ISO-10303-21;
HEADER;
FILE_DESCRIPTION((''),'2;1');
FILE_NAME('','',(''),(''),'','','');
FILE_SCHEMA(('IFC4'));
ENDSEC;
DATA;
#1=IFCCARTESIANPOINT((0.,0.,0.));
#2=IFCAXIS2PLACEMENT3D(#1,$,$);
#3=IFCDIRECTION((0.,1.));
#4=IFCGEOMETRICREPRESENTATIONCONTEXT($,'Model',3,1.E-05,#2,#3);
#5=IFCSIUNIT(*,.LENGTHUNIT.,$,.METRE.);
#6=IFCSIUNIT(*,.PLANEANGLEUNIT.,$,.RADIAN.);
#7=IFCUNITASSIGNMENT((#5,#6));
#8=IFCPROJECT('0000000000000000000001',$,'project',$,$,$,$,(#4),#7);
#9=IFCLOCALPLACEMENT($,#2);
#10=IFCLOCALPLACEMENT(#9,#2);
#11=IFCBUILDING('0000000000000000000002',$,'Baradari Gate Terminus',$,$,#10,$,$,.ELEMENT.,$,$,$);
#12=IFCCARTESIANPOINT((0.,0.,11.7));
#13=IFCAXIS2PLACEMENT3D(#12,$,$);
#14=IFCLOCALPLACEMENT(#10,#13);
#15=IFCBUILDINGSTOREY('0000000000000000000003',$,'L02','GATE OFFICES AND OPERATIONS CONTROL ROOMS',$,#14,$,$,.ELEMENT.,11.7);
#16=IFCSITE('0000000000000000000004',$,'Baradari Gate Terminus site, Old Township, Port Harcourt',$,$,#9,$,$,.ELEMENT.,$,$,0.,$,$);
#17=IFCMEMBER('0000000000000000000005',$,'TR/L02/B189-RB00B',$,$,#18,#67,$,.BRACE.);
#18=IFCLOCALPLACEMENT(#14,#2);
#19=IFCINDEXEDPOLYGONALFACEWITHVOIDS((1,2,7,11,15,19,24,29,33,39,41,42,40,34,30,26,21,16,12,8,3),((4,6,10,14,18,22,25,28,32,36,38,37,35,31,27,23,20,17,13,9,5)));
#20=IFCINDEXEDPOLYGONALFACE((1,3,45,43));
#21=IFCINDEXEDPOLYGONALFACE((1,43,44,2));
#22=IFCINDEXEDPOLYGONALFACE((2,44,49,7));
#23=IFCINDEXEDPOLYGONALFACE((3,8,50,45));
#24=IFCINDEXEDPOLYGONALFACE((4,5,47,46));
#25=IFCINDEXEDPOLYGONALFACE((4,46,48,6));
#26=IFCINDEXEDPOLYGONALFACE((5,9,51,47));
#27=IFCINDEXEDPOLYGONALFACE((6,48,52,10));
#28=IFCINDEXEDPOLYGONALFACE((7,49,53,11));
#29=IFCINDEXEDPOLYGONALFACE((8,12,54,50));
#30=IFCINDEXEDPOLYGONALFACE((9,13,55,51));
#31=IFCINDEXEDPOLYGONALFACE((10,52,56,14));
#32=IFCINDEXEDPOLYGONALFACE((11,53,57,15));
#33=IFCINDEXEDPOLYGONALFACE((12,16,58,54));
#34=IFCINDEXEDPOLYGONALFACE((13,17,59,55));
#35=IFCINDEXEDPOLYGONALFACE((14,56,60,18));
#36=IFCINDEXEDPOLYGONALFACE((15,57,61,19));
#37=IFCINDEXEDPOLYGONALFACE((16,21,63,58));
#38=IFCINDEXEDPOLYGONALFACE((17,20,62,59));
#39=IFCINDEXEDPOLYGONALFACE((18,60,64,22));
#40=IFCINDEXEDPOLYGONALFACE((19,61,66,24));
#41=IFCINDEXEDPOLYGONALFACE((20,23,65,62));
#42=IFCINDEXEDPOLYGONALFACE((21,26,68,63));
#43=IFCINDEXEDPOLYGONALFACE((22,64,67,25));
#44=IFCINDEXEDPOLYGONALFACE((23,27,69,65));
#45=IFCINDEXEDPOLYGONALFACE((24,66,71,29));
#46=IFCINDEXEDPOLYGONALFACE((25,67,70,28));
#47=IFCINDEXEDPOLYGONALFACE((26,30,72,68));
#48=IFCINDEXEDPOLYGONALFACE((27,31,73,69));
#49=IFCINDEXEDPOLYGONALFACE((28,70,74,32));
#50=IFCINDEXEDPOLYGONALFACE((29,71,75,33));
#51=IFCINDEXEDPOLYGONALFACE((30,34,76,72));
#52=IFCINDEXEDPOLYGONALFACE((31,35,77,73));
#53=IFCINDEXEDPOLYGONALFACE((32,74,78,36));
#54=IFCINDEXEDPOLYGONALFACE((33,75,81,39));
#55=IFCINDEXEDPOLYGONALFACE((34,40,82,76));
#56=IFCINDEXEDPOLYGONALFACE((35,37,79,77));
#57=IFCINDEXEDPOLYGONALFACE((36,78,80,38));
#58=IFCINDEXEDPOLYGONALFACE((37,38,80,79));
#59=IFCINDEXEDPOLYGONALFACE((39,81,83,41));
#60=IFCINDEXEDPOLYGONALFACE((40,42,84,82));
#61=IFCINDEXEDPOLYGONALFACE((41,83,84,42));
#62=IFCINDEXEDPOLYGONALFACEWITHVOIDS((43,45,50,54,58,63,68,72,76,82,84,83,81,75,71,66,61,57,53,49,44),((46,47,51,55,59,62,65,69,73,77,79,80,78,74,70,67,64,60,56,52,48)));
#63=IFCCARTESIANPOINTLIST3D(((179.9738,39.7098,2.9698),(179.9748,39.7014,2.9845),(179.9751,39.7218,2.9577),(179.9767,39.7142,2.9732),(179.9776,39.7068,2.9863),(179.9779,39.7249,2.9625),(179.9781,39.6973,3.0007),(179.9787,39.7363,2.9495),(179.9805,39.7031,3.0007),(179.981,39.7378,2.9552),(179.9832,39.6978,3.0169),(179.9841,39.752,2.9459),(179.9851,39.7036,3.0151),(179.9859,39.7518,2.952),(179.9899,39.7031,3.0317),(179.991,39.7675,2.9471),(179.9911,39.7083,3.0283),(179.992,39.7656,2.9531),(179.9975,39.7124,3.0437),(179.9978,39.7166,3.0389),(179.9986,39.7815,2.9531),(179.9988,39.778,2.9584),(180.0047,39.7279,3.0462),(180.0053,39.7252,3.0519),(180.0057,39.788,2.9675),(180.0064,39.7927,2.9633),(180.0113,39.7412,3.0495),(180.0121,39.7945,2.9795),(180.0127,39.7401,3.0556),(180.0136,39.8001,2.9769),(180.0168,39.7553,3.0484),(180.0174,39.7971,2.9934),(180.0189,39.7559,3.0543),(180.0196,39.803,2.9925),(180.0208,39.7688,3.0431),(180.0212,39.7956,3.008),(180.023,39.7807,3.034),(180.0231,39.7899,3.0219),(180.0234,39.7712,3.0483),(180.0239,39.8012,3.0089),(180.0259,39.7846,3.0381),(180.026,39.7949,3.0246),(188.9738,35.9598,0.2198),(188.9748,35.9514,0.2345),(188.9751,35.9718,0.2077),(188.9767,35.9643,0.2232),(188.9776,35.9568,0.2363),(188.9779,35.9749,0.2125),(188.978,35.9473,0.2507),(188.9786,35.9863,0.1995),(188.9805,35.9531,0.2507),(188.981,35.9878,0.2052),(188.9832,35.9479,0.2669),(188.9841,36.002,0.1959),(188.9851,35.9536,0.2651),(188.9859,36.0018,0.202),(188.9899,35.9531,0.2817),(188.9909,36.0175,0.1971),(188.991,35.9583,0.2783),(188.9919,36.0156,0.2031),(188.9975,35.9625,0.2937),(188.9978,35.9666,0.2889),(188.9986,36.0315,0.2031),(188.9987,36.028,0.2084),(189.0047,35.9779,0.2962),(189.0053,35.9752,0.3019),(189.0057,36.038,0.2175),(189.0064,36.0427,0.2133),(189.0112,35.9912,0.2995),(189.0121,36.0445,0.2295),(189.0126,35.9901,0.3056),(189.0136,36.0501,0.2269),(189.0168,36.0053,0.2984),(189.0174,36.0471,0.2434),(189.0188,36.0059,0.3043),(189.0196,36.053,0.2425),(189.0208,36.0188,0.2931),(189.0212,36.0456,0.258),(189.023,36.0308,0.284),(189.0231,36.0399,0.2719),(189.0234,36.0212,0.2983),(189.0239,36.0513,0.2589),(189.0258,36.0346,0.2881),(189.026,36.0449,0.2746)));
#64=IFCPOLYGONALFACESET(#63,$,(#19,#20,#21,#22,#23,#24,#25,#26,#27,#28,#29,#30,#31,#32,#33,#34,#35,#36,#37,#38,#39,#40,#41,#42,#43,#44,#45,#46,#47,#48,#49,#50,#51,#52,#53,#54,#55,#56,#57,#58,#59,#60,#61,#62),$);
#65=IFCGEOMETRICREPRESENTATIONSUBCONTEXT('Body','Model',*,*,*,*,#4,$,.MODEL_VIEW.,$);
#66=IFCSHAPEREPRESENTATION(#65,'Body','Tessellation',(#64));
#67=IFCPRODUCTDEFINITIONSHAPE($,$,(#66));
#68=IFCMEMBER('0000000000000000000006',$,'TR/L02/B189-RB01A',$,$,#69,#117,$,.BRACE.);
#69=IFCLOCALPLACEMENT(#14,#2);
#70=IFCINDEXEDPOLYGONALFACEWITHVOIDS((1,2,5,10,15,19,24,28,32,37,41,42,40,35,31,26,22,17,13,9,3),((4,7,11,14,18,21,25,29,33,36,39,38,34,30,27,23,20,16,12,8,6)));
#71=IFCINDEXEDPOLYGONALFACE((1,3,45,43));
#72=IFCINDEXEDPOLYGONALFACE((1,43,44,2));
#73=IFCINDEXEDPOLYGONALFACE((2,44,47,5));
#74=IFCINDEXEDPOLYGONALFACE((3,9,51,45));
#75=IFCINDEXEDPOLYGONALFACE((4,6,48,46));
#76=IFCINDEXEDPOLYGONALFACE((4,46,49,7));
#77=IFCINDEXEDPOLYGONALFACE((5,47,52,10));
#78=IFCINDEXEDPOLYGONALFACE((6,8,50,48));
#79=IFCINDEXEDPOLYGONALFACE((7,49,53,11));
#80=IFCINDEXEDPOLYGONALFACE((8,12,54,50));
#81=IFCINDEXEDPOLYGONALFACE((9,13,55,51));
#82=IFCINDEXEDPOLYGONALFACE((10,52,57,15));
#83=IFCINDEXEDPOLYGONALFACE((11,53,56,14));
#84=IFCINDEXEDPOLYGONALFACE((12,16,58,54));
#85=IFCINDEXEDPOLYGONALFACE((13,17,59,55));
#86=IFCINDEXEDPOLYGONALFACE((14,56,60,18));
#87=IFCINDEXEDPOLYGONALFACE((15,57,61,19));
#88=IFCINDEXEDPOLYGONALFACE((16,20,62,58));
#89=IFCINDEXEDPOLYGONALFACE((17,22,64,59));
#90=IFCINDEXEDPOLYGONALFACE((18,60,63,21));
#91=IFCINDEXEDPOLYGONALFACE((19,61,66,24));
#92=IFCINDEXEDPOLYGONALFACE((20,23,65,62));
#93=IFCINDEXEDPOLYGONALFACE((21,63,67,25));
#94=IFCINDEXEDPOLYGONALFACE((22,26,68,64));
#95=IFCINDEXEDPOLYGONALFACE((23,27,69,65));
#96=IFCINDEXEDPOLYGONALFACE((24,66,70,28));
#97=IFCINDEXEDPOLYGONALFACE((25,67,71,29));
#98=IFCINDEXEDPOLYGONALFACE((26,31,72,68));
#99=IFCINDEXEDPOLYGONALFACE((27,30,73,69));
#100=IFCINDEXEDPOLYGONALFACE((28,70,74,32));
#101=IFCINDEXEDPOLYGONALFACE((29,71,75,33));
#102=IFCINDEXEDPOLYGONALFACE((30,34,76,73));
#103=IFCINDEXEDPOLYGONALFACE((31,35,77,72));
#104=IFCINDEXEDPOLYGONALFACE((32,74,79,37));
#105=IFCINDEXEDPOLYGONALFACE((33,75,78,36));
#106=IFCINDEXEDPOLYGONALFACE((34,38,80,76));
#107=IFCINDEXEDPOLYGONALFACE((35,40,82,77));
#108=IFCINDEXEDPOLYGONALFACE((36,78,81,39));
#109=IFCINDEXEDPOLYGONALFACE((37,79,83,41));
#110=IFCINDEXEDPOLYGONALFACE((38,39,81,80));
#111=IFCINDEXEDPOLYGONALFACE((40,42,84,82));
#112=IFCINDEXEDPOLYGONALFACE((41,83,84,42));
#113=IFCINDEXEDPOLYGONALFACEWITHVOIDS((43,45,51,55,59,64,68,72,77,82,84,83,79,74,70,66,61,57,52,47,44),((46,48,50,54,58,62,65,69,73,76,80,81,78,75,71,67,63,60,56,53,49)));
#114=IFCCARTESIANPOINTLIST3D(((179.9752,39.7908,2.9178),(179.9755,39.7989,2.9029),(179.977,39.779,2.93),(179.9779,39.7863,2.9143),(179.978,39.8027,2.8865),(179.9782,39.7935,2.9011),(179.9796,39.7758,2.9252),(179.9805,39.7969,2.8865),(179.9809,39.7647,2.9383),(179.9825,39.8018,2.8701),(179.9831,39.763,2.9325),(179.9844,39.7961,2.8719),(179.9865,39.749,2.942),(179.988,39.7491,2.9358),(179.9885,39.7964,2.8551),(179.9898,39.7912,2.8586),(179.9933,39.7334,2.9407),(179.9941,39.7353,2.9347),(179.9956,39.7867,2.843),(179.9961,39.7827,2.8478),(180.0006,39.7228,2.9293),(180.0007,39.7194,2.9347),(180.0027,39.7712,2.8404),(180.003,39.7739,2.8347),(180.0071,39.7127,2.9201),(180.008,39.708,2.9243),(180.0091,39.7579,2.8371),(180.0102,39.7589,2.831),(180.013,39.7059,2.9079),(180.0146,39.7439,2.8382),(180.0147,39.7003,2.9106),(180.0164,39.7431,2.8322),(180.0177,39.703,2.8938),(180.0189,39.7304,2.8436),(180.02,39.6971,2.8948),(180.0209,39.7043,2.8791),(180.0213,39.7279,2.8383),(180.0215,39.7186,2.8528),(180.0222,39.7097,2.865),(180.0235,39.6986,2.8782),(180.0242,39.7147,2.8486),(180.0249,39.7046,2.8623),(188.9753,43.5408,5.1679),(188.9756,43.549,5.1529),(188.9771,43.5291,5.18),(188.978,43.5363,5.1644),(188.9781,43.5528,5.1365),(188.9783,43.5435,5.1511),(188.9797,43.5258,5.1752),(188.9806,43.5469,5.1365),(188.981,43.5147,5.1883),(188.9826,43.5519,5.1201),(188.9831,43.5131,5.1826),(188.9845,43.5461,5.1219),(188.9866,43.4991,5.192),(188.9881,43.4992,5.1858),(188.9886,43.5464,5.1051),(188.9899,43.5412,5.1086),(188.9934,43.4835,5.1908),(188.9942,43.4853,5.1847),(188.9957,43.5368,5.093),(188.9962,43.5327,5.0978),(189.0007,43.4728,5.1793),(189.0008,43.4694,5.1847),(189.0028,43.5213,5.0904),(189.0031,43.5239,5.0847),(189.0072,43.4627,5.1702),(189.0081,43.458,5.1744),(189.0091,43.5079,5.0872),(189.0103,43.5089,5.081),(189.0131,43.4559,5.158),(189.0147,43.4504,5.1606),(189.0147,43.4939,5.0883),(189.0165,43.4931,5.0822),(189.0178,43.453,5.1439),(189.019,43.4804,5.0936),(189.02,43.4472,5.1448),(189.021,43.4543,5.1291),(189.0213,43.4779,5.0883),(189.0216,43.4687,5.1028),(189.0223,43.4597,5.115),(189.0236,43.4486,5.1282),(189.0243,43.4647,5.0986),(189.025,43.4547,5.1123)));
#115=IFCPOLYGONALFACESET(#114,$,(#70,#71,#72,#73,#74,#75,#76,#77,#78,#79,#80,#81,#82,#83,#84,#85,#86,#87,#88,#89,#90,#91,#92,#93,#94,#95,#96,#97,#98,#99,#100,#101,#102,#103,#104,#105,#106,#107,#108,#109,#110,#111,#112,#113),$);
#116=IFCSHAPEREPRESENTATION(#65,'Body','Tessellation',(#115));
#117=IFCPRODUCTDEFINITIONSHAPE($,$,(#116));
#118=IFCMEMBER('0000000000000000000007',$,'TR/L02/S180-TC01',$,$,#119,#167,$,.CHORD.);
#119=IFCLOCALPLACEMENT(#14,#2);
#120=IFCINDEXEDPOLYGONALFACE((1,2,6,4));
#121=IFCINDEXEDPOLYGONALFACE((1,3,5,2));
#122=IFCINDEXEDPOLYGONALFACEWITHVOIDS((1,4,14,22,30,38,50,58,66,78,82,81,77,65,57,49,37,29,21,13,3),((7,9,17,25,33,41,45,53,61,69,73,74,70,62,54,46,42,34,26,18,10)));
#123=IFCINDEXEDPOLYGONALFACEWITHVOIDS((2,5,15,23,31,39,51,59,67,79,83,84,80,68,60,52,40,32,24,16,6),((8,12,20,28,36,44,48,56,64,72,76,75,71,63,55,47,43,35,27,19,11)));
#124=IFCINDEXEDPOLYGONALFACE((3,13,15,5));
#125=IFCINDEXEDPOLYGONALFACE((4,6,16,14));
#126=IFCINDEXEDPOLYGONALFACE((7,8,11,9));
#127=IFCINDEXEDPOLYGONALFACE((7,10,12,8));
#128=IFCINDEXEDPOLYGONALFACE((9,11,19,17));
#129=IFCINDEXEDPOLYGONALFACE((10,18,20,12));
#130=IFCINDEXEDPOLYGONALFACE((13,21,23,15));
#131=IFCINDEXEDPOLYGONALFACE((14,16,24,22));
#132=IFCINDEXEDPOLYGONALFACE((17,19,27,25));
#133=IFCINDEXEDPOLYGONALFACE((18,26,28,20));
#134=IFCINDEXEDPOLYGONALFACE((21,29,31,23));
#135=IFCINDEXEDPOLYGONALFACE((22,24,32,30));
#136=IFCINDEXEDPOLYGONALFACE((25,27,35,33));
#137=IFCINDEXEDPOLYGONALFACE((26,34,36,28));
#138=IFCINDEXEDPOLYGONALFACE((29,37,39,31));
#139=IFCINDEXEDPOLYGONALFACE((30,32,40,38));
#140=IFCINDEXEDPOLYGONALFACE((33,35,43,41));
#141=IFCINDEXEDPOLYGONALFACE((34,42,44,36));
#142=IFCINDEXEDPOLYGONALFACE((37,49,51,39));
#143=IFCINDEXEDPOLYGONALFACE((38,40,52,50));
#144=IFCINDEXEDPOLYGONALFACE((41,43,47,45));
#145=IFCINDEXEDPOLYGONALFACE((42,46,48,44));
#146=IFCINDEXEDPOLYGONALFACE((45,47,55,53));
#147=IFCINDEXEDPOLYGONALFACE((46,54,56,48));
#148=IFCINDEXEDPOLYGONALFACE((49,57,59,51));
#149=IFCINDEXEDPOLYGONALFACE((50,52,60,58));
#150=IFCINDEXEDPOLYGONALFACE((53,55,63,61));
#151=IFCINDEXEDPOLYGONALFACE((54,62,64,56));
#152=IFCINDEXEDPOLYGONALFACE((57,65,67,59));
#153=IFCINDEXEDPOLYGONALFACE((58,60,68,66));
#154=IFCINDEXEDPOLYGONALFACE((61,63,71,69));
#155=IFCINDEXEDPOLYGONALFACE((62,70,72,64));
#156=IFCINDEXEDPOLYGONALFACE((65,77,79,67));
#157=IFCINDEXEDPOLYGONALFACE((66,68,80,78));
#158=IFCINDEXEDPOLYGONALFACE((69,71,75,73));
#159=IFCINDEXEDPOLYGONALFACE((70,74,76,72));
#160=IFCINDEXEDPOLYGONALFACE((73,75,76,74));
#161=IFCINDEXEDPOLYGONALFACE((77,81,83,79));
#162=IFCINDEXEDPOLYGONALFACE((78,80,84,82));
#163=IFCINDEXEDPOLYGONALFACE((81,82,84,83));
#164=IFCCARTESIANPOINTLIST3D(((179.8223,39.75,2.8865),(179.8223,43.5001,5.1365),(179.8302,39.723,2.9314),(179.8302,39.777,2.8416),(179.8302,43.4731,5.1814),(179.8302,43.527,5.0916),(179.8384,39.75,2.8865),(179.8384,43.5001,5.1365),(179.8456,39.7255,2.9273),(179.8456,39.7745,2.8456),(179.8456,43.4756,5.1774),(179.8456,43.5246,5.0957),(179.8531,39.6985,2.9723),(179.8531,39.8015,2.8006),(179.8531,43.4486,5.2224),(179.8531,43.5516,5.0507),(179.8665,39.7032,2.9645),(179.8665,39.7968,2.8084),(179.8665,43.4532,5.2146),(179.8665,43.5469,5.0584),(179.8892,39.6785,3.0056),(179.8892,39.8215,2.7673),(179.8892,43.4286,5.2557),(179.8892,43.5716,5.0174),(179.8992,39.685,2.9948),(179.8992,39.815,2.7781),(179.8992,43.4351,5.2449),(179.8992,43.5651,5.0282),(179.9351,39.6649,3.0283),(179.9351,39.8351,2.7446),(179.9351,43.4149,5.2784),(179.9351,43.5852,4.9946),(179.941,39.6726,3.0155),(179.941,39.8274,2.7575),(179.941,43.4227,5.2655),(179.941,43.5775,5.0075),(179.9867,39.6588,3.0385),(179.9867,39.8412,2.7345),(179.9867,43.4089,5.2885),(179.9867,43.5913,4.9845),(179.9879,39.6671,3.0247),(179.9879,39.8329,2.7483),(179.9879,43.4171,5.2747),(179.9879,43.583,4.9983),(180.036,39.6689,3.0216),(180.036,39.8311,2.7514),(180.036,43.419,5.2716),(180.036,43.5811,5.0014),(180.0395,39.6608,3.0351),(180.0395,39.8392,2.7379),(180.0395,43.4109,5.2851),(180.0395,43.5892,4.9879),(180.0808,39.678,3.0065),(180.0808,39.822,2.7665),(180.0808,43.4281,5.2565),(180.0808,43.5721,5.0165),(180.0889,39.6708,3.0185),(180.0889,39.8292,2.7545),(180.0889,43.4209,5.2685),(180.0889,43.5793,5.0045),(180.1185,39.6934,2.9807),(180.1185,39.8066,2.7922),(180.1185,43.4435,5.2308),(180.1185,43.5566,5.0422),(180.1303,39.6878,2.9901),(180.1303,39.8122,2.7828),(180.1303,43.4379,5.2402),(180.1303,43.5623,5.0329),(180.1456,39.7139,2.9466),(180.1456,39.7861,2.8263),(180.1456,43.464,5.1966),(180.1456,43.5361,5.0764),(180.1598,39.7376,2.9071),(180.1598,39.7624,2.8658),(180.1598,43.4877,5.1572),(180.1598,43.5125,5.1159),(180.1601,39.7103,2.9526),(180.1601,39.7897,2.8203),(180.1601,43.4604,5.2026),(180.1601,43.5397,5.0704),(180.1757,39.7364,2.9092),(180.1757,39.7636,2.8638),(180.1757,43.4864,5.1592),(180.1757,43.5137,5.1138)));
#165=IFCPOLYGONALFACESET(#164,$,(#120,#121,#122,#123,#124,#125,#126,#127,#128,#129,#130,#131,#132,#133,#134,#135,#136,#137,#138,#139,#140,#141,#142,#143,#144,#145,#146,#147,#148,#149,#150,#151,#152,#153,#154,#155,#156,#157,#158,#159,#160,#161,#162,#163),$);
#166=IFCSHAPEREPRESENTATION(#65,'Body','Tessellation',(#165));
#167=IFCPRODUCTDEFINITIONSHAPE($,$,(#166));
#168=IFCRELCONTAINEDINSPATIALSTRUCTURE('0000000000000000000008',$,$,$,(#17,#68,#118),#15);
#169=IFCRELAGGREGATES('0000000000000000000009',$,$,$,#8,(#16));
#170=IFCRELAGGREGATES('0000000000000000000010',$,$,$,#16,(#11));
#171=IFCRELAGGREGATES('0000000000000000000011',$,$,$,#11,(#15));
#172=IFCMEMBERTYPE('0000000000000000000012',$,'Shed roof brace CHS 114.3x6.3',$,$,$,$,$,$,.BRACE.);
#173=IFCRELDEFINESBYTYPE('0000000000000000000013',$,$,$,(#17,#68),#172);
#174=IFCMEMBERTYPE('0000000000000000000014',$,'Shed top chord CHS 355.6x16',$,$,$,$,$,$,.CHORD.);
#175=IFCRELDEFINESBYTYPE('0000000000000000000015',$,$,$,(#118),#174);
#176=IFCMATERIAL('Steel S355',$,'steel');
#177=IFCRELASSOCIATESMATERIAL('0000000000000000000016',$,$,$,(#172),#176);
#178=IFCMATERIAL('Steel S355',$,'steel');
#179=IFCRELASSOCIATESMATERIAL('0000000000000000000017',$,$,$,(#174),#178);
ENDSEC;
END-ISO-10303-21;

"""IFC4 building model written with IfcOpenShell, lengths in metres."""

from ifc_helpers import new_model, si_unit, direction, frame, origin, origin_2d, place, context, subcontext, project, spatial, hollow_circle, extrude, material, material_profile, profile_set, type_object, element, save


model = new_model("IFC4")

# Units and contexts
model_context = context("Model", 3, precision=1e-05, world=origin(), true_north=direction((0.0, 1.0)))
body_context = subcontext(model_context, "Body", "Model", "MODEL_VIEW")
ifc_project = project(units=[si_unit("LENGTHUNIT", "METRE"), si_unit("PLANEANGLEUNIT", "RADIAN")], contexts=[model_context])

# Site, building, storey
site_placement = place(None, origin())
site = spatial("IfcSite", under=ifc_project, at=site_placement, Name="Baradari Gate Terminus site, Old Township, Port Harcourt", CompositionType="ELEMENT", RefElevation=0.0)
building_placement = place(site_placement, origin())
building = spatial("IfcBuilding", under=site, at=building_placement, Name="Baradari Gate Terminus", CompositionType="ELEMENT")
storey_placement = place(building_placement, frame((0.0, 0.0, 11.7)))
storey = spatial("IfcBuildingStorey", under=building, at=storey_placement, Name="L02", Description="GATE OFFICES AND OPERATIONS CONTROL ROOMS", CompositionType="ELEMENT", Elevation=11.7)

# Members
ifc_material_1 = material(Name="Steel S355", Category="steel")
ifc_material_profile_1 = material_profile(ifc_material_1, hollow_circle(Radius=0.0571, WallThickness=0.0063, at=origin_2d()), Name="CHS 114.3x6.3")
ifc_profile_set_1 = profile_set([ifc_material_profile_1], Name="Steel S355")
member_type_1 = type_object("IfcMemberType", Name="Shed roof brace CHS 114.3x6.3", PredefinedType="BRACE", material=ifc_profile_set_1)
member_1_placement = place(storey_placement, frame((189.0, 36.0, 0.2507), z_axis=(-0.888415, 0.370173, 0.27146), x_axis=(-0.384615, -0.923077, 0.0)))
element("IfcMember", 1, at=member_1_placement, inside=storey, type_object=member_type_1, Name="TR/L02/B189-RB00B", PredefinedType="BRACE", context=body_context, shape_type="SweptSolid", body=[
    extrude(hollow_circle(Radius=0.0571, WallThickness=0.0063, at=origin_2d()), origin(), (0.0, 0.0, 1.0), 10.1304),
])
member_2_placement = place(storey_placement, frame((180.0, 39.75, 2.8865), z_axis=(0.899438, 0.374766, 0.22486), x_axis=(-0.384615, 0.923077, 0.0)))
element("IfcMember", 2, at=member_2_placement, inside=storey, type_object=member_type_1, Name="TR/L02/B189-RB01A", PredefinedType="BRACE", context=body_context, shape_type="SweptSolid", body=[
    extrude(hollow_circle(Radius=0.0571, WallThickness=0.0063, at=origin_2d()), origin(), (0.0, 0.0, 1.0), 10.0063),
])
ifc_material_2 = material(Name="Steel S355", Category="steel")
ifc_material_profile_2 = material_profile(ifc_material_2, hollow_circle(Radius=0.1777, WallThickness=0.0161, at=origin_2d()), Name="CHS 355.6x16")
ifc_profile_set_2 = profile_set([ifc_material_profile_2], Name="Steel S355")
member_type_2 = type_object("IfcMemberType", Name="Shed top chord CHS 355.6x16", PredefinedType="CHORD", material=ifc_profile_set_2)
member_3_placement = place(storey_placement, frame((180.0, 39.75, 2.8865), z_axis=(0.0, 0.857493, 0.514496), x_axis=(-1.0, 0.0, 0.0)))
element("IfcMember", 3, at=member_3_placement, inside=storey, type_object=member_type_2, Name="TR/L02/S180-TC01", PredefinedType="CHORD", context=body_context, shape_type="SweptSolid", body=[
    extrude(hollow_circle(Radius=0.1777, WallThickness=0.0161, at=origin_2d()), origin(), (0.0, 0.0, 1.0), 4.3733),
])

save(model, "model.ifc")
